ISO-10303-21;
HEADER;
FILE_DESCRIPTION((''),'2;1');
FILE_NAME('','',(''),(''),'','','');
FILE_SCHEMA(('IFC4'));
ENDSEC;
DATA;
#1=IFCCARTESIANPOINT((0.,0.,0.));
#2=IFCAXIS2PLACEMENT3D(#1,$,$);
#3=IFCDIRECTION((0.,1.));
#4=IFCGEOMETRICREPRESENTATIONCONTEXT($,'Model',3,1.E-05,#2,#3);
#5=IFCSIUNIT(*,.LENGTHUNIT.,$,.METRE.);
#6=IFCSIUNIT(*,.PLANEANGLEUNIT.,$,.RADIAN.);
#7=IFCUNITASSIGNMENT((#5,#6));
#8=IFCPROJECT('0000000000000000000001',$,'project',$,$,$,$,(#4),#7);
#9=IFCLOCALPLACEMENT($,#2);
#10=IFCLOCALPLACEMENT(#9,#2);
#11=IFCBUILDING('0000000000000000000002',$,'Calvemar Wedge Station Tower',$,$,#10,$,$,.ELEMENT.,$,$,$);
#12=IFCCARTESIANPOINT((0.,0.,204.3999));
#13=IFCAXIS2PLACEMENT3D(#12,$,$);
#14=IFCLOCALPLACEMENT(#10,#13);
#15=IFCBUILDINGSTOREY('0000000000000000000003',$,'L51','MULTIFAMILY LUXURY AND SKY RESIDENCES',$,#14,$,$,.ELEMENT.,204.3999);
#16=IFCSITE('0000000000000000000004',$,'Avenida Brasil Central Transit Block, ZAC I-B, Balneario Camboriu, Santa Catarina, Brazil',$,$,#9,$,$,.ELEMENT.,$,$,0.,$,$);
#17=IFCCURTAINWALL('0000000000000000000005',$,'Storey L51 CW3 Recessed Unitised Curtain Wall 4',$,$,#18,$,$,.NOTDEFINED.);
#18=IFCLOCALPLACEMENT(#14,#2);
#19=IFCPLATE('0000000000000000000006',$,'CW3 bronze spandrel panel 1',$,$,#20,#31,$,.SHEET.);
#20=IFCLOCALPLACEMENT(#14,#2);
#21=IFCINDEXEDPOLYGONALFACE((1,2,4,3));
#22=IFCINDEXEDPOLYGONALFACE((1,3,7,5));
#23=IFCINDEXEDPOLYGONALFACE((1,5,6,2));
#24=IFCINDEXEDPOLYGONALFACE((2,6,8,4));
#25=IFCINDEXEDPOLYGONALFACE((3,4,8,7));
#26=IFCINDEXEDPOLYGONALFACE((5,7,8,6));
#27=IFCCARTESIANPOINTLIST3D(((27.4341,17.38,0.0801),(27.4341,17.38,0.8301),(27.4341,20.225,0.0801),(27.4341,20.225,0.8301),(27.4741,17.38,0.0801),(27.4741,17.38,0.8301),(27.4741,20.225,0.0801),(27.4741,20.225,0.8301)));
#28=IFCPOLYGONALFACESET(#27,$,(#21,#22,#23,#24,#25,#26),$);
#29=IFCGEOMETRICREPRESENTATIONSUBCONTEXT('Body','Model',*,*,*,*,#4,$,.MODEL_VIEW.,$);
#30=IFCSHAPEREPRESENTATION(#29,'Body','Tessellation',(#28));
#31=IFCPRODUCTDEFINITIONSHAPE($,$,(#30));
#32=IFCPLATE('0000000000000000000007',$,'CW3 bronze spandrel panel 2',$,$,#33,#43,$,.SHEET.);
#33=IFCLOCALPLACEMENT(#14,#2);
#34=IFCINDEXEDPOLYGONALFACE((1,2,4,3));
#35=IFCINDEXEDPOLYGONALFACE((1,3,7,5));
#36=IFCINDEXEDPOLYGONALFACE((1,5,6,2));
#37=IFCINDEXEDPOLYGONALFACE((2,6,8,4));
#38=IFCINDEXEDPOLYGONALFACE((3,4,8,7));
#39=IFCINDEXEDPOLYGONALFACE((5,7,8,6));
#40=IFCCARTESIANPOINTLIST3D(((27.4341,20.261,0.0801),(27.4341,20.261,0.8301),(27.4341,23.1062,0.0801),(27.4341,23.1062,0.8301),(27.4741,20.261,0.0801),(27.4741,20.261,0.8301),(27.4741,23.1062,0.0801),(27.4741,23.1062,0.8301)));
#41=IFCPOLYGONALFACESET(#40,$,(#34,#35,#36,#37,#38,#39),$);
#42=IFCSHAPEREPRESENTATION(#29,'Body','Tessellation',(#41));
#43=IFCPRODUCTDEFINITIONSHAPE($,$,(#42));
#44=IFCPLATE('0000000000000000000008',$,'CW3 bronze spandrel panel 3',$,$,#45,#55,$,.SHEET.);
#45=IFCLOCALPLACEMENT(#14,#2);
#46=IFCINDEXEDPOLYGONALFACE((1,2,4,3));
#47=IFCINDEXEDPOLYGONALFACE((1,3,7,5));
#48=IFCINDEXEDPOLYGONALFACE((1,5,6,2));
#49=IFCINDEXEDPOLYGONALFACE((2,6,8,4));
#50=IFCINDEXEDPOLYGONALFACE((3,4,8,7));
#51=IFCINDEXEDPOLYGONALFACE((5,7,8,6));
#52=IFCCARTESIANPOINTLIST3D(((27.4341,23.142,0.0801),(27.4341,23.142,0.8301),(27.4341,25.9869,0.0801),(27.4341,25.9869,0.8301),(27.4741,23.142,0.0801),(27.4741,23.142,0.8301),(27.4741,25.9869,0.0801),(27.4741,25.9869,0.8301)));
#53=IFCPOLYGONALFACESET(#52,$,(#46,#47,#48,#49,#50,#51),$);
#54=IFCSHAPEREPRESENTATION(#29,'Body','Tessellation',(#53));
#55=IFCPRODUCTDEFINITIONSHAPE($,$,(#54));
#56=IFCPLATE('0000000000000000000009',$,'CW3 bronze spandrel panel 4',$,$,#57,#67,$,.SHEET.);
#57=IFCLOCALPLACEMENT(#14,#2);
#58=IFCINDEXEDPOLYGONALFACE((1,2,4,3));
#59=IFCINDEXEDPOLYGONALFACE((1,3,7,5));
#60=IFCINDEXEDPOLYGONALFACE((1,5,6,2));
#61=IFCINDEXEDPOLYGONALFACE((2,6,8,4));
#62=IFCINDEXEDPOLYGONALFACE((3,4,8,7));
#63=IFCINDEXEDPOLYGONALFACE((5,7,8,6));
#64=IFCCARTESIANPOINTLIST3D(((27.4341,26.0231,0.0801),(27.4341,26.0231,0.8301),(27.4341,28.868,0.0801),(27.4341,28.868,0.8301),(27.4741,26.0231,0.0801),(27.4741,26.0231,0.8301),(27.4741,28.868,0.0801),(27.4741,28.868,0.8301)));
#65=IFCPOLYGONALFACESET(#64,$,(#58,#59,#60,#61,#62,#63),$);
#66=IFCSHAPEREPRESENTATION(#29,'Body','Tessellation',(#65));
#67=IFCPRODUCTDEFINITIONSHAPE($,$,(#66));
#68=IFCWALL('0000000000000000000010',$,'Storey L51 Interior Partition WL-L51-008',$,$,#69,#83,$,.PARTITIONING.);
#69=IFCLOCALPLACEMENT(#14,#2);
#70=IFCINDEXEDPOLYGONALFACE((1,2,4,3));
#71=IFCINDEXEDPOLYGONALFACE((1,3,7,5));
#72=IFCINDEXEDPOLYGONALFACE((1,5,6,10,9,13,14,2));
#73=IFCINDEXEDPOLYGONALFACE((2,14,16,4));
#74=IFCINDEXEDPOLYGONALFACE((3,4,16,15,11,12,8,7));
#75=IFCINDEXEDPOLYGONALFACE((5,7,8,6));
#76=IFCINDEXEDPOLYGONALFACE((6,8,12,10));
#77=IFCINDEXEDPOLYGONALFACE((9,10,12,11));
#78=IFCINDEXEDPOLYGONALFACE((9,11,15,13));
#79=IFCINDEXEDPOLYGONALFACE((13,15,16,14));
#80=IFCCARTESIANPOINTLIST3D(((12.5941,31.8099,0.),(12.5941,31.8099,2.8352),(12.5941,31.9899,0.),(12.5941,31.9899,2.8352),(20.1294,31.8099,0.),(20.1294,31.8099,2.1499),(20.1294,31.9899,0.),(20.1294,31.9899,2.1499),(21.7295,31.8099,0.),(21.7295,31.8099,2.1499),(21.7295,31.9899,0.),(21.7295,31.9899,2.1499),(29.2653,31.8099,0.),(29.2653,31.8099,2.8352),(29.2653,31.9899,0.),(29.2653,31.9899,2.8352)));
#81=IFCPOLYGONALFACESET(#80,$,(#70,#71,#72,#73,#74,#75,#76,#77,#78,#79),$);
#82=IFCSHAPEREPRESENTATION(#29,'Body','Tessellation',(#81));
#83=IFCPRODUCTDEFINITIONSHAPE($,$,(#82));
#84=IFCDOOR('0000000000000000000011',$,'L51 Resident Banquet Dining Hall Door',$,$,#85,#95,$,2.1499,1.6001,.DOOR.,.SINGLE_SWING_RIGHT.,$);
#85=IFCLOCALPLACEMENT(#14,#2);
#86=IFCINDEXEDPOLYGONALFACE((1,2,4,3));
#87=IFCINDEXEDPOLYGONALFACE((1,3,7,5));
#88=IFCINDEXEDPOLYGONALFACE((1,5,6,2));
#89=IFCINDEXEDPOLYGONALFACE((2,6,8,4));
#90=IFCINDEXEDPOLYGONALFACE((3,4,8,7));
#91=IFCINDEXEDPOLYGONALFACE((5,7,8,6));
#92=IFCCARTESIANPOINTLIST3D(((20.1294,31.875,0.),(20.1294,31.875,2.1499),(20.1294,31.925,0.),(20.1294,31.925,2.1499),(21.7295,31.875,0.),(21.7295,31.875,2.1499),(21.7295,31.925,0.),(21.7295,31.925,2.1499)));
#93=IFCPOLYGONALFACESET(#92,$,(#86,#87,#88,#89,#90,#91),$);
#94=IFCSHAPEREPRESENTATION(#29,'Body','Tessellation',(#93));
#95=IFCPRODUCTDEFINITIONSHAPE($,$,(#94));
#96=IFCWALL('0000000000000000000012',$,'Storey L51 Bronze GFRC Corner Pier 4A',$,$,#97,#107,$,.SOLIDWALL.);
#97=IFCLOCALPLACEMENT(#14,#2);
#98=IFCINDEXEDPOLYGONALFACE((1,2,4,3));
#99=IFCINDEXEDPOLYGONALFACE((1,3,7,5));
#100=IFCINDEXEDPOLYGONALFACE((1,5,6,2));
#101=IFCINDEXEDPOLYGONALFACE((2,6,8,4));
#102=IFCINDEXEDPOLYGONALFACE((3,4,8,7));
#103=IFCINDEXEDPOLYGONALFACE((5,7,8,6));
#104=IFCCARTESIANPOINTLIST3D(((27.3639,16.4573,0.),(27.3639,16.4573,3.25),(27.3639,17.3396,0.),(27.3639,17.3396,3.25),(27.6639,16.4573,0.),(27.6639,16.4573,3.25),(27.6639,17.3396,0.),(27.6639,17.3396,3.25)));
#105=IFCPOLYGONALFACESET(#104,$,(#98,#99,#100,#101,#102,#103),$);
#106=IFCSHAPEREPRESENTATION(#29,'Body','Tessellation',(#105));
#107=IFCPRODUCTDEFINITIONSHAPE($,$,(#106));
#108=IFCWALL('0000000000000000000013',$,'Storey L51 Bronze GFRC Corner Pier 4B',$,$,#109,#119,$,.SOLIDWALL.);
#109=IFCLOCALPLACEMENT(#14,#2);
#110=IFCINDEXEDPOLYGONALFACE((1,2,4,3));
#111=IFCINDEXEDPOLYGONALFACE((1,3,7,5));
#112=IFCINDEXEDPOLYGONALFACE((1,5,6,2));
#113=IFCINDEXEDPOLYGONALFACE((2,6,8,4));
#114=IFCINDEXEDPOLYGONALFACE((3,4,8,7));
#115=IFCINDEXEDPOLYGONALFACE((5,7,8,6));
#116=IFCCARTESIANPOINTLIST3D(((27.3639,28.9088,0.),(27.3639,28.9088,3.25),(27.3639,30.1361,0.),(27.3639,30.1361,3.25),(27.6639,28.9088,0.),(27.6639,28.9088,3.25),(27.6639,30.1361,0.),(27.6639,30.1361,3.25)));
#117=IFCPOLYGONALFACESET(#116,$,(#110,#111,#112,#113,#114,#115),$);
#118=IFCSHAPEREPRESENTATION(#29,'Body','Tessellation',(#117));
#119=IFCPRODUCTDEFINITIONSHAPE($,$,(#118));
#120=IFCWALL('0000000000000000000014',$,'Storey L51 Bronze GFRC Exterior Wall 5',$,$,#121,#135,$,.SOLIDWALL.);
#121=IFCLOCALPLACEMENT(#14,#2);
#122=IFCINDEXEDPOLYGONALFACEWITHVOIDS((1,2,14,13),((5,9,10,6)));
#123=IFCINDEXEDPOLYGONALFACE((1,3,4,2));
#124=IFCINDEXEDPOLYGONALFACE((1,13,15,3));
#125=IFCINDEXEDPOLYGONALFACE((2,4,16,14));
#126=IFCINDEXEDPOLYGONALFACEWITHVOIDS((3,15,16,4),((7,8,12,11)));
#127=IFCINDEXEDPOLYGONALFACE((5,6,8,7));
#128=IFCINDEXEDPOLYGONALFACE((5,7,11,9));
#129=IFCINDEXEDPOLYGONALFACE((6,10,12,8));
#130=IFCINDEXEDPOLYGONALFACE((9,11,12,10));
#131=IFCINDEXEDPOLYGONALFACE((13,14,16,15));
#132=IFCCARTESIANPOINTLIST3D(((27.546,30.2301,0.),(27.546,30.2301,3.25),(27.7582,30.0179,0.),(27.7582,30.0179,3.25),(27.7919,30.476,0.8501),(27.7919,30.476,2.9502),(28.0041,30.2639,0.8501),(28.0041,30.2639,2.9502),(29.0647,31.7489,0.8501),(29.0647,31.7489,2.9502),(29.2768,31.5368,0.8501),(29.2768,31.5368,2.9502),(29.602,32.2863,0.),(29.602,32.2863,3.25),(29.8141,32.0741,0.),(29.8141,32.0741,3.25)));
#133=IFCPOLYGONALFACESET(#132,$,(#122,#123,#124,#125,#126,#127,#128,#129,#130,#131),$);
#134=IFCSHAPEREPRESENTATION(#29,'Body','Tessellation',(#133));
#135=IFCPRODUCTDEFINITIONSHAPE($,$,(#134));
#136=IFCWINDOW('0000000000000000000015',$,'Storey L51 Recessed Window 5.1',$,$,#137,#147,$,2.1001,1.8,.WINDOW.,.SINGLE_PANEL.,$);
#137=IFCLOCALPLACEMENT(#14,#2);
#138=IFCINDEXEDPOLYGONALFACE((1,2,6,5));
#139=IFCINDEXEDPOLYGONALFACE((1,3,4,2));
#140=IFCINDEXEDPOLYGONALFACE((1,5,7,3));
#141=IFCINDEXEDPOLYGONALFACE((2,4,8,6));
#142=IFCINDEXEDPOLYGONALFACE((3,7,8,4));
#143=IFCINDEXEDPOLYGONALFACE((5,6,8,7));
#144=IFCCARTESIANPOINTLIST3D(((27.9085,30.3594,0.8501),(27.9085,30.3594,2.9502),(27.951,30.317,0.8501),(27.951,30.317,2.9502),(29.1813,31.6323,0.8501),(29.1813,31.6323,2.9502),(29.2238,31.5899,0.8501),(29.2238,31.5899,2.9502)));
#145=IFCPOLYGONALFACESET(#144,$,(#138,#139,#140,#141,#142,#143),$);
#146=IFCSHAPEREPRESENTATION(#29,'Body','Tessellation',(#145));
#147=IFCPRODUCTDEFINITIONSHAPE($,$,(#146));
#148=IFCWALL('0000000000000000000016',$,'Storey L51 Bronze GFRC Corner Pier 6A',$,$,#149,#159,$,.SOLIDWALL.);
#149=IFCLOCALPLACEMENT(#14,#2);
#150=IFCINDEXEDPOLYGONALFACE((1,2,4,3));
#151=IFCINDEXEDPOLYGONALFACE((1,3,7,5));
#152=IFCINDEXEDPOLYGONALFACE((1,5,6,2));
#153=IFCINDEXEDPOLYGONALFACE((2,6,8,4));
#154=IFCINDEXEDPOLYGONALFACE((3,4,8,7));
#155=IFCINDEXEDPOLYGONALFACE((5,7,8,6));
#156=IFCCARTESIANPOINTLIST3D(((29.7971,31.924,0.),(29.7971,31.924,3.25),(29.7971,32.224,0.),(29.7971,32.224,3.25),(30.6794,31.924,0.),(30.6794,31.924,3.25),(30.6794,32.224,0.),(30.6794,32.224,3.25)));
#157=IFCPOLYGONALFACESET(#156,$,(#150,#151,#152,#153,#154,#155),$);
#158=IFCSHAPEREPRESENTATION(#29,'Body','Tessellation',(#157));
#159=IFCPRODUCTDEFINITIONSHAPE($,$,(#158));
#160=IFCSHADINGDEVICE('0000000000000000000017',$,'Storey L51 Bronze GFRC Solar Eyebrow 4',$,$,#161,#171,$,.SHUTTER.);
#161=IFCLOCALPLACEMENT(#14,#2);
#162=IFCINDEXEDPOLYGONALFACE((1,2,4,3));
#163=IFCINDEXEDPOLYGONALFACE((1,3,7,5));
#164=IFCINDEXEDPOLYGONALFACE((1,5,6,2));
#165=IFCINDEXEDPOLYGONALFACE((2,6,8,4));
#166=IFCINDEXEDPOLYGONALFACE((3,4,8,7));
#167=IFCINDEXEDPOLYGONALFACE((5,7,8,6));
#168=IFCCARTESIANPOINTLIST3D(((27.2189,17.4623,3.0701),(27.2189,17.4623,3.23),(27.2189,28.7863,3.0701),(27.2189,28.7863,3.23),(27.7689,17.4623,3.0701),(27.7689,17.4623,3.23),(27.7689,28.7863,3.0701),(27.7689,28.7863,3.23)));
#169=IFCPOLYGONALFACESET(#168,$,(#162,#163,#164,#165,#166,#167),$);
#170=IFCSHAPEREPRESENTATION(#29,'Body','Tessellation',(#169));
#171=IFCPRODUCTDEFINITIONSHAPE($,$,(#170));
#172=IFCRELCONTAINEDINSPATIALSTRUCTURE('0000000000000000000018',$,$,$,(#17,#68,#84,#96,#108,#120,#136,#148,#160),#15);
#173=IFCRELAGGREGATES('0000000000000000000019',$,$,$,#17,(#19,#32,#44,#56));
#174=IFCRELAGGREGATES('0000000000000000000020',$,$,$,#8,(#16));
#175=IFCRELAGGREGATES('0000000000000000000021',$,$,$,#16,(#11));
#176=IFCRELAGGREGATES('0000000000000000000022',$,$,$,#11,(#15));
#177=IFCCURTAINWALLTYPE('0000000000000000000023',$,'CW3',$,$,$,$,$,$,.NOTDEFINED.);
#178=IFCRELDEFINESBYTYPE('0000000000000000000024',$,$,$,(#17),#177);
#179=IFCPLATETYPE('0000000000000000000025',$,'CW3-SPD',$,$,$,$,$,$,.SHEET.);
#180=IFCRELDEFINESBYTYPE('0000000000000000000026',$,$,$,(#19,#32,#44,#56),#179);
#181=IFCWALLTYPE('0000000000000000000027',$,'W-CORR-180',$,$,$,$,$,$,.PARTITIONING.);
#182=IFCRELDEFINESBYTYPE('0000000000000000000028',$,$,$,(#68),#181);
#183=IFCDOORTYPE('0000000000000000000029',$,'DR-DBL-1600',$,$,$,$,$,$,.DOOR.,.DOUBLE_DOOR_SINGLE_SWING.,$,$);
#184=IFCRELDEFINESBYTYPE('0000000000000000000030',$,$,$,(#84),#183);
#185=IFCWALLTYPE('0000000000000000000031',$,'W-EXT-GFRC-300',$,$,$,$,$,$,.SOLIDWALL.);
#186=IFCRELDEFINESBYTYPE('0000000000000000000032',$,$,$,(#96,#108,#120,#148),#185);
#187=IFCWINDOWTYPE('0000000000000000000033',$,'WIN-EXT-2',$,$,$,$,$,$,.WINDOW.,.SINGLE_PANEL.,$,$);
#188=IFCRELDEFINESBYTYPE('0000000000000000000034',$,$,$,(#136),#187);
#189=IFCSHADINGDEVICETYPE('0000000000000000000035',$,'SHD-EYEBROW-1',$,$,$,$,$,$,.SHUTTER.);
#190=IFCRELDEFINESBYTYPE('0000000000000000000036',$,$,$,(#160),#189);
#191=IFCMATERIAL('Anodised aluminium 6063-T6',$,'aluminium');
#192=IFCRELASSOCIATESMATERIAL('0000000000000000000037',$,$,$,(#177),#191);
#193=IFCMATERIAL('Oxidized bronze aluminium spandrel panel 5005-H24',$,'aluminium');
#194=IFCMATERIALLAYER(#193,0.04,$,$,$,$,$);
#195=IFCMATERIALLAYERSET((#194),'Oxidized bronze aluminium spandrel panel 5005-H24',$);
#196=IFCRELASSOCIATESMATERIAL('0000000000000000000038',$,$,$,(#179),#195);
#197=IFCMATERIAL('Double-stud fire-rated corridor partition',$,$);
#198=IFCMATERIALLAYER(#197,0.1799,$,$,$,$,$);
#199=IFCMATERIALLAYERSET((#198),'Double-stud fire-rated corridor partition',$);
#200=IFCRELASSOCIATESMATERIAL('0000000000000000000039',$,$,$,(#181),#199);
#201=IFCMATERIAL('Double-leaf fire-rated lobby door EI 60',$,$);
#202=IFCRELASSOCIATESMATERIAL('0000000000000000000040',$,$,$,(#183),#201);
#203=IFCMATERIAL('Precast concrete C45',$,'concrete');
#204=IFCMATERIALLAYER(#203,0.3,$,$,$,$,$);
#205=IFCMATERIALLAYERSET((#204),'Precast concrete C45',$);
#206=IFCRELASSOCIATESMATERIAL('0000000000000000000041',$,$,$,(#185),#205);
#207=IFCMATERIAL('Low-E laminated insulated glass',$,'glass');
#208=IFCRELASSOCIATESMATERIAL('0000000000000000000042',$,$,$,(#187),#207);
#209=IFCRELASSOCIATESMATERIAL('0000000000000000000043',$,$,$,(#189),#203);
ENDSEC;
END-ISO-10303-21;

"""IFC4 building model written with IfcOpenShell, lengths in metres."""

from ifc_helpers import new_model, si_unit, direction, frame, frame_2d, origin, place, context, subcontext, project, spatial, rectangle, extrude, source, transform, mapped, material, layer, layer_set, type_object, element, fill, aggregate, save


model = new_model("IFC4")

# Units and contexts
model_context = context("Model", 3, precision=1e-05, world=origin(), true_north=direction((0.0, 1.0)))
body_context = subcontext(model_context, "Body", "Model", "MODEL_VIEW")
ifc_project = project(units=[si_unit("LENGTHUNIT", "METRE"), si_unit("PLANEANGLEUNIT", "RADIAN")], contexts=[model_context])

# Site, building, storey
site_placement = place(None, origin())
site = spatial("IfcSite", under=ifc_project, at=site_placement, Name="Avenida Brasil Central Transit Block, ZAC I-B, Balneario Camboriu, Santa Catarina, Brazil", CompositionType="ELEMENT", RefElevation=0.0)
building_placement = place(site_placement, origin())
building = spatial("IfcBuilding", under=site, at=building_placement, Name="Calvemar Wedge Station Tower", CompositionType="ELEMENT")
storey_placement = place(building_placement, frame((0.0, 0.0, 204.3999)))
storey = spatial("IfcBuildingStorey", under=building, at=storey_placement, Name="L51", Description="MULTIFAMILY LUXURY AND SKY RESIDENCES", CompositionType="ELEMENT", Elevation=204.3999)

# Curtain wall
ifc_material_1 = material(Name="Anodised aluminium 6063-T6", Category="aluminium")
curtain_wall_type = type_object("IfcCurtainWallType", Name="CW3", PredefinedType="NOTDEFINED", material=ifc_material_1)
curtain_wall_1_placement = place(storey_placement, origin())
curtain_wall_1 = element("IfcCurtainWall", 1, at=curtain_wall_1_placement, inside=storey, type_object=curtain_wall_type, Name="Storey L51 CW3 Recessed Unitised Curtain Wall 4", PredefinedType="NOTDEFINED")

# Plates
ifc_material_2 = material(Name="Low-E laminated insulated glass", Category="glass")
ifc_material_3 = material(Name="Oxidized bronze aluminium spandrel panel 5005-H24", Category="aluminium")
ifc_layer_1 = layer(ifc_material_3, 0.04)
ifc_layer_set_1 = layer_set([ifc_layer_1], Name="Oxidized bronze aluminium spandrel panel 5005-H24")
plate_type_1 = type_object("IfcPlateType", Name="CW3-SPD", PredefinedType="SHEET", material=ifc_layer_set_1)
plate_1_placement = place(storey_placement, frame((27.4541, 17.3801, 0.0801), z_axis=(0.0, 0.0, 1.0), x_axis=(0.0, 1.0, 0.0)))
plate_1 = element("IfcPlate", 2, at=plate_1_placement, type_object=plate_type_1, Name="CW3 bronze spandrel panel 1", PredefinedType="SHEET", context=body_context, shape_type="SweptSolid", body=[
    extrude(rectangle(XDim=2.845, YDim=0.04, at=frame_2d((1.4224, 0.0))), origin(), (0.0, 0.0, 1.0), 0.75),
])
plate_2_placement = place(storey_placement, frame((27.4541, 20.261, 0.0801), z_axis=(0.0, 0.0, 1.0), x_axis=(0.0, 1.0, 0.0)))
plate_2 = element("IfcPlate", 3, at=plate_2_placement, type_object=plate_type_1, Name="CW3 bronze spandrel panel 2", PredefinedType="SHEET", context=body_context, shape_type="SweptSolid", body=[
    extrude(rectangle(XDim=2.8452, YDim=0.04, at=frame_2d((1.4226, 0.0))), origin(), (0.0, 0.0, 1.0), 0.75),
])
plate_3_placement = place(storey_placement, frame((27.4541, 23.1421, 0.0801), z_axis=(0.0, 0.0, 1.0), x_axis=(0.0, 1.0, 0.0)))
plate_3 = element("IfcPlate", 4, at=plate_3_placement, type_object=plate_type_1, Name="CW3 bronze spandrel panel 3", PredefinedType="SHEET", context=body_context, shape_type="SweptSolid", body=[
    extrude(rectangle(XDim=2.845, YDim=0.04, at=frame_2d((1.4224, 0.0))), origin(), (0.0, 0.0, 1.0), 0.75),
])
plate_4_placement = place(storey_placement, frame((27.4541, 26.0232, 0.0801), z_axis=(0.0, 0.0, 1.0), x_axis=(0.0, 1.0, 0.0)))
plate_4 = element("IfcPlate", 5, at=plate_4_placement, type_object=plate_type_1, Name="CW3 bronze spandrel panel 4", PredefinedType="SHEET", context=body_context, shape_type="SweptSolid", body=[
    extrude(rectangle(XDim=2.845, YDim=0.04, at=frame_2d((1.4224, 0.0))), origin(), (0.0, 0.0, 1.0), 0.75),
])
aggregate(curtain_wall_1, [plate_1, plate_2, plate_3, plate_4])

# Wall, opening, door
ifc_material_4 = material(Name="Double-stud fire-rated corridor partition")
ifc_layer_2 = layer(ifc_material_4, 0.1799)
ifc_layer_set_2 = layer_set([ifc_layer_2], Name="Double-stud fire-rated corridor partition")
wall_type_1 = type_object("IfcWallType", Name="W-CORR-180", PredefinedType="PARTITIONING", material=ifc_layer_set_2)
wall_1_placement = place(storey_placement, frame((29.2651, 31.8999, 0.0), z_axis=(0.0, 0.0, 1.0), x_axis=(-1.0, 0.0, 0.0)))
wall_1 = element("IfcWall", 6, at=wall_1_placement, inside=storey, type_object=wall_type_1, Name="Storey L51 Interior Partition WL-L51-008", PredefinedType="PARTITIONING", context=body_context, shape_type="SweptSolid", body=[
    extrude(rectangle(XDim=16.6711, YDim=0.1799, at=frame_2d((8.3354, 0.0))), origin(), (0.0, 0.0, 1.0), 2.8352),
])
shared_shape_1 = source(origin(), body_context, "Body", "SweptSolid", [
    extrude(rectangle(XDim=1.6001, YDim=2.1499, at=frame_2d((0.8, 1.075))), frame((0.0, 0.1001, 0.0), z_axis=(0.0, -1.0, 0.0), x_axis=(1.0, 0.0, 0.0)), (0.0, 0.0, 1.0), 0.2),
])
opening_1_placement = place(wall_1_placement, frame((7.5356, 0.0, 0.0)))
opening_1 = element("IfcOpeningElement", 7, at=opening_1_placement, cuts=wall_1, PredefinedType="OPENING", context=body_context, shape_type="MappedRepresentation", body=[
    mapped(shared_shape_1, transform((0.0, 0.0, 0.0), scale=1.0)),
])
ifc_material_5 = material(Name="Double-leaf fire-rated lobby door EI 60")
door_type = type_object("IfcDoorType", Name="DR-DBL-1600", OperationType="DOUBLE_DOOR_SINGLE_SWING", PredefinedType="DOOR", material=ifc_material_5)
shared_shape_2 = source(origin(), body_context, "Body", "SweptSolid", [
    extrude(rectangle(XDim=1.6001, YDim=2.1499, at=frame_2d((0.8, 1.075))), frame((0.0, 0.0249, 0.0), z_axis=(0.0, -1.0, 0.0), x_axis=(1.0, 0.0, 0.0)), (0.0, 0.0, 1.0), 0.05),
])
door_placement = place(opening_1_placement, origin())
door = element("IfcDoor", 8, at=door_placement, inside=storey, type_object=door_type, Name="L51 Resident Banquet Dining Hall Door", OperationType="SINGLE_SWING_RIGHT", OverallHeight=2.1499, OverallWidth=1.6001, PredefinedType="DOOR", context=body_context, shape_type="MappedRepresentation", body=[
    mapped(shared_shape_2, transform((0.0, 0.0, 0.0), scale=1.0)),
])
fill(opening_1, door)

# Walls
ifc_material_6 = material(Name="Precast concrete C45", Category="concrete")
ifc_layer_3 = layer(ifc_material_6, 0.3)
ifc_layer_set_3 = layer_set([ifc_layer_3], Name="Precast concrete C45")
wall_type_2 = type_object("IfcWallType", Name="W-EXT-GFRC-300", PredefinedType="SOLIDWALL", material=ifc_layer_set_3)
wall_2_placement = place(storey_placement, frame((27.5139, 16.4573, 0.0), z_axis=(0.0, 0.0, 1.0), x_axis=(0.0, 1.0, 0.0)))
element("IfcWall", 9, at=wall_2_placement, inside=storey, type_object=wall_type_2, Name="Storey L51 Bronze GFRC Corner Pier 4A", PredefinedType="SOLIDWALL", context=body_context, shape_type="SweptSolid", body=[
    extrude(rectangle(XDim=0.8823, YDim=0.3, at=frame_2d((0.4412, 0.0))), origin(), (0.0, 0.0, 1.0), 3.25),
])
wall_3_placement = place(storey_placement, frame((27.5139, 28.9087, 0.0), z_axis=(0.0, 0.0, 1.0), x_axis=(0.0, 1.0, 0.0)))
element("IfcWall", 10, at=wall_3_placement, inside=storey, type_object=wall_type_2, Name="Storey L51 Bronze GFRC Corner Pier 4B", PredefinedType="SOLIDWALL", context=body_context, shape_type="SweptSolid", body=[
    extrude(rectangle(XDim=1.2273, YDim=0.3, at=frame_2d((0.6138, 0.0))), origin(), (0.0, 0.0, 1.0), 3.25),
])

# Wall, opening, window
wall_4_placement = place(storey_placement, frame((27.6521, 30.124, 0.0), z_axis=(0.0, 0.0, 1.0), x_axis=(0.707065, 0.707149, 0.0)))
wall_4 = element("IfcWall", 11, at=wall_4_placement, inside=storey, type_object=wall_type_2, Name="Storey L51 Bronze GFRC Exterior Wall 5", PredefinedType="SOLIDWALL", context=body_context, shape_type="SweptSolid", body=[
    extrude(rectangle(XDim=2.9077, YDim=0.3, at=frame_2d((1.4539, 0.0))), origin(), (0.0, 0.0, 1.0), 3.25),
])
shared_shape_3 = source(origin(), body_context, "Body", "SweptSolid", [
    extrude(rectangle(XDim=1.8, YDim=2.1001, at=frame_2d((0.8999, 1.05))), frame((0.0, 0.1602, 0.0), z_axis=(0.0, -1.0, 0.0), x_axis=(1.0, 0.0, 0.0)), (0.0, 0.0, 1.0), 0.3201),
])
opening_2_placement = place(wall_4_placement, frame((0.3479, 0.0, 0.8501)))
opening_2 = element("IfcOpeningElement", 12, at=opening_2_placement, cuts=wall_4, PredefinedType="OPENING", context=body_context, shape_type="MappedRepresentation", body=[
    mapped(shared_shape_3, transform((0.0, 0.0, 0.0), scale=1.0)),
])
window_type = type_object("IfcWindowType", Name="WIN-EXT-2", PartitioningType="SINGLE_PANEL", PredefinedType="WINDOW", material=ifc_material_2)
shared_shape_4 = source(origin(), body_context, "Body", "SweptSolid", [
    extrude(rectangle(XDim=1.8, YDim=2.1001, at=frame_2d((0.8999, 1.05))), frame((0.0, -0.0149, 0.0), z_axis=(0.0, -1.0, 0.0), x_axis=(1.0, 0.0, 0.0)), (0.0, 0.0, 1.0), 0.0601),
])
window_placement = place(opening_2_placement, origin())
window = element("IfcWindow", 13, at=window_placement, inside=storey, type_object=window_type, Name="Storey L51 Recessed Window 5.1", OverallHeight=2.1001, OverallWidth=1.8, PartitioningType="SINGLE_PANEL", PredefinedType="WINDOW", context=body_context, shape_type="MappedRepresentation", body=[
    mapped(shared_shape_4, transform((0.0, 0.0, 0.0), scale=1.0)),
])
fill(opening_2, window)

# Wall
wall_5_placement = place(storey_placement, frame((29.7971, 32.074, 0.0), z_axis=(0.0, 0.0, 1.0), x_axis=(1.0, 0.0, 0.0)))
element("IfcWall", 14, at=wall_5_placement, inside=storey, type_object=wall_type_2, Name="Storey L51 Bronze GFRC Corner Pier 6A", PredefinedType="SOLIDWALL", context=body_context, shape_type="SweptSolid", body=[
    extrude(rectangle(XDim=0.8823, YDim=0.3, at=frame_2d((0.4412, 0.0))), origin(), (0.0, 0.0, 1.0), 3.25),
])

# Shading device
shading_device_type = type_object("IfcShadingDeviceType", Name="SHD-EYEBROW-1", PredefinedType="SHUTTER", material=ifc_material_6)
shading_device_placement = place(storey_placement, frame((27.4939, 17.4622, 3.0701), z_axis=(0.0, 0.0, 1.0), x_axis=(0.0, 1.0, 0.0)))
element("IfcShadingDevice", 15, at=shading_device_placement, inside=storey, type_object=shading_device_type, Name="Storey L51 Bronze GFRC Solar Eyebrow 4", PredefinedType="SHUTTER", context=body_context, shape_type="SweptSolid", body=[
    extrude(rectangle(XDim=11.324, YDim=0.55, at=frame_2d((5.6621, 0.0))), origin(), (0.0, 0.0, 1.0), 0.1599),
])

save(model, "model.ifc")
